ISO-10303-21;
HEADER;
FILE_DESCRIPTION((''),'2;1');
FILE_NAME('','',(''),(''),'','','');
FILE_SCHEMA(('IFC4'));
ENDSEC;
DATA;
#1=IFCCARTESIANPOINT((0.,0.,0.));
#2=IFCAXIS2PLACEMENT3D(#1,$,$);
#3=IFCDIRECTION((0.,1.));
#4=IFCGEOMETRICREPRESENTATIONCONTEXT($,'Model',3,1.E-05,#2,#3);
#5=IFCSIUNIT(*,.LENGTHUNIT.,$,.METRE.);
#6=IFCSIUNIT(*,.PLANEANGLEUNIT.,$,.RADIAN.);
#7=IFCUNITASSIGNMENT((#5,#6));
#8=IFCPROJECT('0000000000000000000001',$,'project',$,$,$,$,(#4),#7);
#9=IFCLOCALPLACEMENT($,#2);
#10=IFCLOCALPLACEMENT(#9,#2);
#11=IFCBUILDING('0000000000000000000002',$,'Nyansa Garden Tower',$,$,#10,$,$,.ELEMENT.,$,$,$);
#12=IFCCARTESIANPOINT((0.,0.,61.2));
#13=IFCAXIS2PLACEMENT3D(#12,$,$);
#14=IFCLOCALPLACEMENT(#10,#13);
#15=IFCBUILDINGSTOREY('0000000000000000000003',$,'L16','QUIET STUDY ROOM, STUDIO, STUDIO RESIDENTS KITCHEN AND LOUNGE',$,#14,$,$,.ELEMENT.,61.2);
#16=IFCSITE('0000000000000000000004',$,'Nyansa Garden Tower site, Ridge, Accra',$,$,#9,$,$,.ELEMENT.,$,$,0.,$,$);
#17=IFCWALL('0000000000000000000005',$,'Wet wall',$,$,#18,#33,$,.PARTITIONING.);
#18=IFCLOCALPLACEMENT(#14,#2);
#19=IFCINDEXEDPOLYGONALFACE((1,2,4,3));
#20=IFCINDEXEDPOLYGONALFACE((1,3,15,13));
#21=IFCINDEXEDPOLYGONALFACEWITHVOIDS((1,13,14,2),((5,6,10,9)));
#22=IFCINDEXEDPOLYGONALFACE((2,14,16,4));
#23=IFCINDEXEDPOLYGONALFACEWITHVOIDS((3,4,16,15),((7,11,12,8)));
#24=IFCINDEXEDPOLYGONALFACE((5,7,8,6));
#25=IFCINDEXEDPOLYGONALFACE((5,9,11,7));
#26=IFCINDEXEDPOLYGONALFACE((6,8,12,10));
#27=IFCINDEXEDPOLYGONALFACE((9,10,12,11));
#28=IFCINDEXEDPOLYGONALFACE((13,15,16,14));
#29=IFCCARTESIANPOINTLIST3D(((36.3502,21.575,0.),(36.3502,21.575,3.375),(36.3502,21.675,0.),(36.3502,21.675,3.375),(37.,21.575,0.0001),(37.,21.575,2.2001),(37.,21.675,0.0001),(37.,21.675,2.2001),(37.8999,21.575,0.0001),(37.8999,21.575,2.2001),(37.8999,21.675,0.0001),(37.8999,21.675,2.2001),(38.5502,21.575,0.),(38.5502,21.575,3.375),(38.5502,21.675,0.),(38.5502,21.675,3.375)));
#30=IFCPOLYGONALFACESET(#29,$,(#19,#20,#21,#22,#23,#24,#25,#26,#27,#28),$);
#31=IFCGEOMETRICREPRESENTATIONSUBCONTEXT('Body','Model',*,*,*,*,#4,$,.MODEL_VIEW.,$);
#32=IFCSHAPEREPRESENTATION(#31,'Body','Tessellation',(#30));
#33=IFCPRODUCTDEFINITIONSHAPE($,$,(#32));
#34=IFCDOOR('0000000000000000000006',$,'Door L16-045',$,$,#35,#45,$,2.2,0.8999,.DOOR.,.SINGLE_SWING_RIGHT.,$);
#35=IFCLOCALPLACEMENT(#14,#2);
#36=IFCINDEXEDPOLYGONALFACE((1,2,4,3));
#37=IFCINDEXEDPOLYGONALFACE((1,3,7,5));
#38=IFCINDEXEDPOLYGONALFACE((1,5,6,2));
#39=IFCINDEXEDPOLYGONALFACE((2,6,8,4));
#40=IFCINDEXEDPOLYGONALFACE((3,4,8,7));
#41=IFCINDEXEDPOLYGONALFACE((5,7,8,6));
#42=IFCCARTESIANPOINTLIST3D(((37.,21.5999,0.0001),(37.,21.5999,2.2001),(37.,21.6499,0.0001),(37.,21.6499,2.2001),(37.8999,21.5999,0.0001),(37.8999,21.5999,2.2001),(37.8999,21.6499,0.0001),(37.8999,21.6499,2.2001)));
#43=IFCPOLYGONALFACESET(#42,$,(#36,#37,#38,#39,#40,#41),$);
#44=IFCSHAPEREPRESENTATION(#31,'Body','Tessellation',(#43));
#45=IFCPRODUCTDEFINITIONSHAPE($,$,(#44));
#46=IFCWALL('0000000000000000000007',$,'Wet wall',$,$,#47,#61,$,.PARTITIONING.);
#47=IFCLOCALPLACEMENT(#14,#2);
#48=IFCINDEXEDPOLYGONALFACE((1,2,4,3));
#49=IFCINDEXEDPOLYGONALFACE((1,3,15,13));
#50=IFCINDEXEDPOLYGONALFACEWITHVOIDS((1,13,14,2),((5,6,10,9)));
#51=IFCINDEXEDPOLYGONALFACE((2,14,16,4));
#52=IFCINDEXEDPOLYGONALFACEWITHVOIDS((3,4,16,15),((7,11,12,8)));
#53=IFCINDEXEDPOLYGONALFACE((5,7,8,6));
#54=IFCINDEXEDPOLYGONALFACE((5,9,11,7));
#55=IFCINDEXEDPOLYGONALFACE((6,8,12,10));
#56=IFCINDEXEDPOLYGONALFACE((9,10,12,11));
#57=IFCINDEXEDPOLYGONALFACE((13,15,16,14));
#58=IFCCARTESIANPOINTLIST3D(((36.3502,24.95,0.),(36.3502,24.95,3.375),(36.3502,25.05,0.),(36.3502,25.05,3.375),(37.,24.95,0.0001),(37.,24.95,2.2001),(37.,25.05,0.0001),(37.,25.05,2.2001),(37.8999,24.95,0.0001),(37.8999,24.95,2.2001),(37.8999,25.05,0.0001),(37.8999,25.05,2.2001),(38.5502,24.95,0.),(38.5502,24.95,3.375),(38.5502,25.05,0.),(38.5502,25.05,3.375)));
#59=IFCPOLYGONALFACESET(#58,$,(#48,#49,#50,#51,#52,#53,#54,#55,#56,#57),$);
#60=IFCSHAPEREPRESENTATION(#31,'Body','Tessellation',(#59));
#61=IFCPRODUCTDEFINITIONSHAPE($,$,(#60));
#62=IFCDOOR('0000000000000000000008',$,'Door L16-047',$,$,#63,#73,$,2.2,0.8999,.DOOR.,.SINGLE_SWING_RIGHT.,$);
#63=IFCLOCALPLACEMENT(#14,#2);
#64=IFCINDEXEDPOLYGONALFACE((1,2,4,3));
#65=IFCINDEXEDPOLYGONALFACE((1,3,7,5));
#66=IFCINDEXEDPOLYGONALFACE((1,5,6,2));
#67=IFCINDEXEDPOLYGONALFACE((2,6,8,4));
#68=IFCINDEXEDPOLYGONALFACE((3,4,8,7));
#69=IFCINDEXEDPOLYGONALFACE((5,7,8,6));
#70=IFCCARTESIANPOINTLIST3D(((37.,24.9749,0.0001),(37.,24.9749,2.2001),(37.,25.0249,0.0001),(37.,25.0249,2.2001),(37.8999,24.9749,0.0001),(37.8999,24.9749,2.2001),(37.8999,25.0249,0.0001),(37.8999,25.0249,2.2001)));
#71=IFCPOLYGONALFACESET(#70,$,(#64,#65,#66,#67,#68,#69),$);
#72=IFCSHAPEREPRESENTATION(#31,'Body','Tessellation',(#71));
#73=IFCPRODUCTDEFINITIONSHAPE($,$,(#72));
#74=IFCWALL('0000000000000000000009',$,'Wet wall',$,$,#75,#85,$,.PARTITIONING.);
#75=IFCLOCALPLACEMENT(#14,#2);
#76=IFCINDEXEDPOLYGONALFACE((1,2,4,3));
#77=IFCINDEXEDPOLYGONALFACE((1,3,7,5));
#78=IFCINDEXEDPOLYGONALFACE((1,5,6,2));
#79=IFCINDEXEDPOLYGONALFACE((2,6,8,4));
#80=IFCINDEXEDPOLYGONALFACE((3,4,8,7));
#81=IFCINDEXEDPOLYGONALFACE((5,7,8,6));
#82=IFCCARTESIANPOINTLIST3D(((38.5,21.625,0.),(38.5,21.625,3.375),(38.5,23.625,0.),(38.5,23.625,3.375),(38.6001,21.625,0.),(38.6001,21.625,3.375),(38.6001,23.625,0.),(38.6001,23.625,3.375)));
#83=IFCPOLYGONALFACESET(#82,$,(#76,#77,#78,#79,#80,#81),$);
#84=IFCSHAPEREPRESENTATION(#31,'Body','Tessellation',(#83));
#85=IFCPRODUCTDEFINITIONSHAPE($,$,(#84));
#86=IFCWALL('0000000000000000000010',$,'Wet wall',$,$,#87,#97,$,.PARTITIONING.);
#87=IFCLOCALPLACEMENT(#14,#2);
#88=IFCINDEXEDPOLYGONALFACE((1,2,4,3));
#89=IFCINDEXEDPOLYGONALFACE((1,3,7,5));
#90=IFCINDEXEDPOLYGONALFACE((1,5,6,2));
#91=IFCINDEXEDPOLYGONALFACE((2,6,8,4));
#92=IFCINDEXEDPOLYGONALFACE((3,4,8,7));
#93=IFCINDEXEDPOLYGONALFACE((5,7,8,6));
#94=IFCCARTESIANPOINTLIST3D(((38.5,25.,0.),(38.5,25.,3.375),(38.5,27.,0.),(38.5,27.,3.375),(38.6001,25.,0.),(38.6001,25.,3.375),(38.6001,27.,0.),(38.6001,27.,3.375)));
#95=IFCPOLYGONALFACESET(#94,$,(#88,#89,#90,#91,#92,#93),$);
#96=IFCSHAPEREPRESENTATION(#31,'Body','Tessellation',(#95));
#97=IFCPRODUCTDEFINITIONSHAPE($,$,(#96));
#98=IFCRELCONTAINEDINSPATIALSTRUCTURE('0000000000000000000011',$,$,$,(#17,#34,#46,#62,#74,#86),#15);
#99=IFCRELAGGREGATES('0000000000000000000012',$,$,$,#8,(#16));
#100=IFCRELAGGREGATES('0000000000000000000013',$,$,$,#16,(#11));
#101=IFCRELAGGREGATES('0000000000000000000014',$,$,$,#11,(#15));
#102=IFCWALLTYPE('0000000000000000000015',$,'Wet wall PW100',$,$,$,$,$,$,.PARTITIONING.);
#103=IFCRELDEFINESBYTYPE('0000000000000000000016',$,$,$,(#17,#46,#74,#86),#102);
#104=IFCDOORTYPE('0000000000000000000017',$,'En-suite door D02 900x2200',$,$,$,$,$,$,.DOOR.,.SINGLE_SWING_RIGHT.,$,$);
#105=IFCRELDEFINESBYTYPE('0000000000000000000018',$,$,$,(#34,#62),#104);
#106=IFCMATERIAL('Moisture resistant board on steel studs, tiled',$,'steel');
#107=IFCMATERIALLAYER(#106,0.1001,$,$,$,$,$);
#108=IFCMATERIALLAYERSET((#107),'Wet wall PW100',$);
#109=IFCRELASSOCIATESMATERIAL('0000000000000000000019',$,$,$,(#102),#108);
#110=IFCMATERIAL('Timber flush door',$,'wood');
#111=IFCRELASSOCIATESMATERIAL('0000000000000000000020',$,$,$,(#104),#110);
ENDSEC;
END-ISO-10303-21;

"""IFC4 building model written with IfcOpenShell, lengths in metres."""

from ifc_helpers import new_model, si_unit, direction, frame, frame_2d, origin, place, context, subcontext, project, spatial, rectangle, extrude, material, layer, layer_set, type_object, element, fill, save


model = new_model("IFC4")

# Units and contexts
model_context = context("Model", 3, precision=1e-05, world=origin(), true_north=direction((0.0, 1.0)))
body_context = subcontext(model_context, "Body", "Model", "MODEL_VIEW")
ifc_project = project(units=[si_unit("LENGTHUNIT", "METRE"), si_unit("PLANEANGLEUNIT", "RADIAN")], contexts=[model_context])

# Site, building, storey
site_placement = place(None, origin())
site = spatial("IfcSite", under=ifc_project, at=site_placement, Name="Nyansa Garden Tower site, Ridge, Accra", CompositionType="ELEMENT", RefElevation=0.0)
building_placement = place(site_placement, origin())
building = spatial("IfcBuilding", under=site, at=building_placement, Name="Nyansa Garden Tower", CompositionType="ELEMENT")
storey_placement = place(building_placement, frame((0.0, 0.0, 61.2)))
storey = spatial("IfcBuildingStorey", under=building, at=storey_placement, Name="L16", Description="QUIET STUDY ROOM, STUDIO, STUDIO RESIDENTS KITCHEN AND LOUNGE", CompositionType="ELEMENT", Elevation=61.2)

# Walls, openings, doors
ifc_material_1 = material(Name="Moisture resistant board on steel studs, tiled", Category="steel")
ifc_layer_1 = layer(ifc_material_1, 0.1001)
ifc_layer_set_1 = layer_set([ifc_layer_1], Name="Wet wall PW100")
wall_type_1 = type_object("IfcWallType", Name="Wet wall PW100", PredefinedType="PARTITIONING", material=ifc_layer_set_1)
wall_1_placement = place(storey_placement, frame((36.3501, 21.625, 0.0), z_axis=(0.0, 0.0, 1.0), x_axis=(1.0, 0.0, 0.0)))
wall_1 = element("IfcWall", 1, at=wall_1_placement, inside=storey, type_object=wall_type_1, Name="Wet wall", PredefinedType="PARTITIONING", context=body_context, shape_type="SweptSolid", body=[
    extrude(rectangle(XDim=2.2, YDim=0.1001, at=frame_2d((1.1001, 0.0))), origin(), (0.0, 0.0, 1.0), 3.375),
])
opening_1_placement = place(wall_1_placement, frame((0.6499, 0.0, 0.0)))
opening_1 = element("IfcOpeningElement", 2, at=opening_1_placement, cuts=wall_1, PredefinedType="OPENING", context=body_context, shape_type="SweptSolid", body=[
    extrude(rectangle(XDim=0.8999, YDim=2.2, at=frame_2d((0.45, 1.1001))), frame((0.0, 0.0601, 0.0), z_axis=(0.0, -1.0, 0.0), x_axis=(1.0, 0.0, 0.0)), (0.0, 0.0, 1.0), 0.1201),
])
ifc_material_2 = material(Name="Timber flush door", Category="wood")
door_type_1 = type_object("IfcDoorType", Name="En-suite door D02 900x2200", OperationType="SINGLE_SWING_RIGHT", PredefinedType="DOOR", material=ifc_material_2)
door_1_placement = place(opening_1_placement, origin())
door_1 = element("IfcDoor", 3, at=door_1_placement, inside=storey, type_object=door_type_1, Name="Door L16-045", OperationType="SINGLE_SWING_RIGHT", OverallHeight=2.2, OverallWidth=0.8999, PredefinedType="DOOR", context=body_context, shape_type="SweptSolid", body=[
    extrude(rectangle(XDim=0.8999, YDim=2.2, at=frame_2d((0.45, 1.1001))), frame((0.0, 0.0249, 0.0), z_axis=(0.0, -1.0, 0.0), x_axis=(1.0, 0.0, 0.0)), (0.0, 0.0, 1.0), 0.05),
])
fill(opening_1, door_1)
wall_2_placement = place(storey_placement, frame((36.3501, 25.0, 0.0), z_axis=(0.0, 0.0, 1.0), x_axis=(1.0, 0.0, 0.0)))
wall_2 = element("IfcWall", 4, at=wall_2_placement, inside=storey, type_object=wall_type_1, Name="Wet wall", PredefinedType="PARTITIONING", context=body_context, shape_type="SweptSolid", body=[
    extrude(rectangle(XDim=2.2, YDim=0.1001, at=frame_2d((1.1001, 0.0))), origin(), (0.0, 0.0, 1.0), 3.375),
])
opening_2_placement = place(wall_2_placement, frame((0.6499, 0.0, 0.0)))
opening_2 = element("IfcOpeningElement", 5, at=opening_2_placement, cuts=wall_2, PredefinedType="OPENING", context=body_context, shape_type="SweptSolid", body=[
    extrude(rectangle(XDim=0.8999, YDim=2.2, at=frame_2d((0.45, 1.1001))), frame((0.0, 0.0601, 0.0), z_axis=(0.0, -1.0, 0.0), x_axis=(1.0, 0.0, 0.0)), (0.0, 0.0, 1.0), 0.1201),
])
door_2_placement = place(opening_2_placement, origin())
door_2 = element("IfcDoor", 6, at=door_2_placement, inside=storey, type_object=door_type_1, Name="Door L16-047", OperationType="SINGLE_SWING_RIGHT", OverallHeight=2.2, OverallWidth=0.8999, PredefinedType="DOOR", context=body_context, shape_type="SweptSolid", body=[
    extrude(rectangle(XDim=0.8999, YDim=2.2, at=frame_2d((0.45, 1.1001))), frame((0.0, 0.0249, 0.0), z_axis=(0.0, -1.0, 0.0), x_axis=(1.0, 0.0, 0.0)), (0.0, 0.0, 1.0), 0.05),
])
fill(opening_2, door_2)

# Walls
for number, where, z_axis, x_axis, name in (
    (7, (38.55, 21.625, 0.0), (0.0, 0.0, 1.0), (0.0, 1.0, 0.0), "Wet wall"),
    (8, (38.55, 25.0, 0.0), (0.0, 0.0, 1.0), (0.0, 1.0, 0.0), "Wet wall"),
):
    element("IfcWall", number, at=place(storey_placement, frame(where, z_axis=z_axis, x_axis=x_axis)), inside=storey, type_object=wall_type_1, Name=name, PredefinedType="PARTITIONING", context=body_context, shape_type="SweptSolid", body=[
        extrude(rectangle(XDim=2.0, YDim=0.1001, at=frame_2d((1.0, 0.0))), origin(), (0.0, 0.0, 1.0), 3.375),
    ])

save(model, "model.ifc")
